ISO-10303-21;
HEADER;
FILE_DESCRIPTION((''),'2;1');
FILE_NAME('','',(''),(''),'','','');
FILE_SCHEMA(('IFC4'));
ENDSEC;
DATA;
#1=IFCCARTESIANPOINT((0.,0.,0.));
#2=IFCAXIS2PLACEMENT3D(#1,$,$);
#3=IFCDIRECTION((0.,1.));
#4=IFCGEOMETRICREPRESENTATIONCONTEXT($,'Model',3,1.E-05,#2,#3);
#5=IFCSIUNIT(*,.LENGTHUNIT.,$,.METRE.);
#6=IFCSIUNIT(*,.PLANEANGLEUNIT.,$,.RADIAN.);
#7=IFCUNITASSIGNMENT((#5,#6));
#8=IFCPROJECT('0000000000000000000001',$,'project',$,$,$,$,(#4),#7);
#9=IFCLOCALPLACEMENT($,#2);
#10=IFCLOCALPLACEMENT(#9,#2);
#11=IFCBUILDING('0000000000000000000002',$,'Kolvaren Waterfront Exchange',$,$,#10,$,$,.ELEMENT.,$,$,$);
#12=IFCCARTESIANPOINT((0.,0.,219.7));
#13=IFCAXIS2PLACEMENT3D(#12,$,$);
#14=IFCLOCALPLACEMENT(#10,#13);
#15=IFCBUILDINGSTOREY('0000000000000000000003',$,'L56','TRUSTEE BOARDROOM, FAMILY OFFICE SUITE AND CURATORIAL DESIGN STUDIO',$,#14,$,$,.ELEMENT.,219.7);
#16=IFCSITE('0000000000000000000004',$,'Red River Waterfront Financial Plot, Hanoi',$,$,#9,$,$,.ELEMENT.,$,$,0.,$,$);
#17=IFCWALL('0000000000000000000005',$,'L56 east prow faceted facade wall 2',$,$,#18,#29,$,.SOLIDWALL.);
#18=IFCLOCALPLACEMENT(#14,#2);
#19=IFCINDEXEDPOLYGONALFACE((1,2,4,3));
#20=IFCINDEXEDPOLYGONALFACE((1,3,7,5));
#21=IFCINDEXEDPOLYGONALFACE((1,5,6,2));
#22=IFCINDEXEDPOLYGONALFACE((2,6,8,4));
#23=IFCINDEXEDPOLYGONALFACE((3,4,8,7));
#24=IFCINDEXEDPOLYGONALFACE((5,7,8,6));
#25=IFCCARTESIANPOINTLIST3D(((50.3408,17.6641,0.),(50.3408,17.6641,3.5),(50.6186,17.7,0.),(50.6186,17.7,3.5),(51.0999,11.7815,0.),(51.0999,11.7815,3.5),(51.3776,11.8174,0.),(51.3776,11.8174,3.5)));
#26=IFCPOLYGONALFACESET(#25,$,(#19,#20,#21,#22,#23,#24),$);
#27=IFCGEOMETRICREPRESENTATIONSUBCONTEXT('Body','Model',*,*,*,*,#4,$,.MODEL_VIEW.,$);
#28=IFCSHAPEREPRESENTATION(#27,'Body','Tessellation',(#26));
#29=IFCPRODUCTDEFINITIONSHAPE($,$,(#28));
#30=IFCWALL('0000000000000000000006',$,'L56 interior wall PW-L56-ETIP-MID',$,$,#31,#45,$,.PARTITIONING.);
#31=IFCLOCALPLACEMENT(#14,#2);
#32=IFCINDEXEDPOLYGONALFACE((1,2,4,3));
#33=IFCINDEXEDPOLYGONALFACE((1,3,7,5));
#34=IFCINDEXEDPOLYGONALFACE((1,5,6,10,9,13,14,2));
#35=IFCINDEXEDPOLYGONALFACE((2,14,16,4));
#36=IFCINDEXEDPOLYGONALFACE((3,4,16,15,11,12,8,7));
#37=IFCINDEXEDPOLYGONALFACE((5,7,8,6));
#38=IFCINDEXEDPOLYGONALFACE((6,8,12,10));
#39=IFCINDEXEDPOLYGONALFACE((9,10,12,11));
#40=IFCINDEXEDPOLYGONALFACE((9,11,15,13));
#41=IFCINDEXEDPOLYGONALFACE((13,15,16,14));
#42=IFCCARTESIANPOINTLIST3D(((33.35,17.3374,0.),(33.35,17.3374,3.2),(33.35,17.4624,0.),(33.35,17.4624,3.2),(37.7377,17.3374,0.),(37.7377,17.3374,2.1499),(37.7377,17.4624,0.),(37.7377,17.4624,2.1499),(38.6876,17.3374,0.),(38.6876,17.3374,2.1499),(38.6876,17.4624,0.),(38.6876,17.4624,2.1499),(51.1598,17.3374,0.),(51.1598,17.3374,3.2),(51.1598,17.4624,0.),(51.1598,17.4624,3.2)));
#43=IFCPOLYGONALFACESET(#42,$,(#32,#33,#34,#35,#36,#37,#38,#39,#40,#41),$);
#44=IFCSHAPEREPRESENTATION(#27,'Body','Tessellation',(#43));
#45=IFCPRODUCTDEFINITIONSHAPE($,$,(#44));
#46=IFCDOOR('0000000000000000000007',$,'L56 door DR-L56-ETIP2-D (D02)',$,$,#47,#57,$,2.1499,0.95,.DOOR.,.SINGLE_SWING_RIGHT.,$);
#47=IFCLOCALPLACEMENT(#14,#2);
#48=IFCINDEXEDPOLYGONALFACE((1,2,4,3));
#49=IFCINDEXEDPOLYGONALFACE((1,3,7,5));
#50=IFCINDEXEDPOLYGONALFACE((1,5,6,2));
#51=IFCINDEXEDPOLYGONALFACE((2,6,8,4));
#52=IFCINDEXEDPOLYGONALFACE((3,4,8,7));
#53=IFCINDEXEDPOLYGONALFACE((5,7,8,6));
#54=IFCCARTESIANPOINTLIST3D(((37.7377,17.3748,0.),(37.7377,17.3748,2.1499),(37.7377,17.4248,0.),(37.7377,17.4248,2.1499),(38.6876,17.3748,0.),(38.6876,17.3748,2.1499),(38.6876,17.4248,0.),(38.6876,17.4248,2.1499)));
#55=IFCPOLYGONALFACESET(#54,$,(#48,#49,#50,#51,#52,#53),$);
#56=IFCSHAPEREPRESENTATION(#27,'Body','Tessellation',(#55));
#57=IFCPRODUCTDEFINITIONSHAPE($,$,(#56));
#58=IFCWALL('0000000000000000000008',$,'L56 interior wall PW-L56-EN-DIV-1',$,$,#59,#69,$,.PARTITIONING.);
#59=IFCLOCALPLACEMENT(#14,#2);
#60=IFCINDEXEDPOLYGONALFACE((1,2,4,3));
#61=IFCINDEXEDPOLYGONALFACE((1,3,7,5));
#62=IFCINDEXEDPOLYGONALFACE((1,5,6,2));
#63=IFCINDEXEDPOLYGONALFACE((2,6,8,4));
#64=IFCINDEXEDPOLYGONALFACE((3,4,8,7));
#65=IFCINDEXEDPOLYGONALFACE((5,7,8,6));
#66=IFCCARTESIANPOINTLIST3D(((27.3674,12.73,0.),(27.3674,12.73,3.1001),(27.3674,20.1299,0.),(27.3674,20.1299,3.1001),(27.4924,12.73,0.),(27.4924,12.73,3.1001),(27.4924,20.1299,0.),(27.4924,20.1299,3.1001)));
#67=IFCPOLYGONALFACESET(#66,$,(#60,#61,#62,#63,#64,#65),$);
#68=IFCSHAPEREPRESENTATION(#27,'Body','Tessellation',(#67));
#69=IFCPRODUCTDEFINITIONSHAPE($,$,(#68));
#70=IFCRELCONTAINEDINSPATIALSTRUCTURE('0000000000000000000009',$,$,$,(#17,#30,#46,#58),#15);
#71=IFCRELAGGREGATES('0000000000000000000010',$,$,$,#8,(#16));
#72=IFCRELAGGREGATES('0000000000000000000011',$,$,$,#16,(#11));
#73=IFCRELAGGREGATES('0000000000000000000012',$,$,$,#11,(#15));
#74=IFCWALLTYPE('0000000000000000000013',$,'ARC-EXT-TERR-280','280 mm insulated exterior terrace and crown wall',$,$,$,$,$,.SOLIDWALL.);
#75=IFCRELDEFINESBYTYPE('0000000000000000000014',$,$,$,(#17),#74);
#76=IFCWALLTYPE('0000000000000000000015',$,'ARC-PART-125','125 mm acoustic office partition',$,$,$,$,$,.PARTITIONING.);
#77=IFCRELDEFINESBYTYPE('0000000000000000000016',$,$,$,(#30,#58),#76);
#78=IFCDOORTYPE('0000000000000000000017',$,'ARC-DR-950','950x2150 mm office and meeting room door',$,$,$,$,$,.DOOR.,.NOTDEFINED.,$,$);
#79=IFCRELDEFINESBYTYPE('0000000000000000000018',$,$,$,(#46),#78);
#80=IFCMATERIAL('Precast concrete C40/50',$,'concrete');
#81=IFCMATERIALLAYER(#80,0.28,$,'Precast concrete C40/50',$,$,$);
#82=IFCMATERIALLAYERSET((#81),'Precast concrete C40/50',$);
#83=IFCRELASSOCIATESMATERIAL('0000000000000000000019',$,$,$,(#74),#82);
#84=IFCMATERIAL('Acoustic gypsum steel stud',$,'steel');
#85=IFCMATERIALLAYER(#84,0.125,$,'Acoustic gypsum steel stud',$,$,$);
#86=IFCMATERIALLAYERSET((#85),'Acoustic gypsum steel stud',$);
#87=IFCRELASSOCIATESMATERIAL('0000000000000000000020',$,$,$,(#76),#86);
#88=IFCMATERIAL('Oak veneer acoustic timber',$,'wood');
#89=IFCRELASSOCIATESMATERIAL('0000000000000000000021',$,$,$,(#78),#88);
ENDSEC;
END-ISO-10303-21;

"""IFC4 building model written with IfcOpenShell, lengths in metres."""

from ifc_helpers import new_model, si_unit, direction, frame, frame_2d, origin, place, context, subcontext, project, spatial, rectangle, extrude, material, layer, layer_set, type_object, element, fill, save


model = new_model("IFC4")

# Units and contexts
model_context = context("Model", 3, precision=1e-05, world=origin(), true_north=direction((0.0, 1.0)))
body_context = subcontext(model_context, "Body", "Model", "MODEL_VIEW")
ifc_project = project(units=[si_unit("LENGTHUNIT", "METRE"), si_unit("PLANEANGLEUNIT", "RADIAN")], contexts=[model_context])

# Site, building, storey
site_placement = place(None, origin())
site = spatial("IfcSite", under=ifc_project, at=site_placement, Name="Red River Waterfront Financial Plot, Hanoi", CompositionType="ELEMENT", RefElevation=0.0)
building_placement = place(site_placement, origin())
building = spatial("IfcBuilding", under=site, at=building_placement, Name="Kolvaren Waterfront Exchange", CompositionType="ELEMENT")
storey_placement = place(building_placement, frame((0.0, 0.0, 219.7)))
storey = spatial("IfcBuildingStorey", under=building, at=storey_placement, Name="L56", Description="TRUSTEE BOARDROOM, FAMILY OFFICE SUITE AND CURATORIAL DESIGN STUDIO", CompositionType="ELEMENT", Elevation=219.7)

# Wall
ifc_material_1 = material(Name="Precast concrete C40/50", Category="concrete")
ifc_layer_1 = layer(ifc_material_1, 0.28, Name="Precast concrete C40/50")
ifc_layer_set_1 = layer_set([ifc_layer_1], Name="Precast concrete C40/50")
wall_type_1 = type_object("IfcWallType", Name="ARC-EXT-TERR-280", Description="280 mm insulated exterior terrace and crown wall", PredefinedType="SOLIDWALL", material=ifc_layer_set_1)
wall_1_placement = place(storey_placement, frame((51.2388, 11.7993, 0.0), z_axis=(0.0, 0.0, 1.0), x_axis=(-0.12797, 0.991778, 0.0)))
element("IfcWall", 1, at=wall_1_placement, inside=storey, type_object=wall_type_1, Name="L56 east prow faceted facade wall 2", PredefinedType="SOLIDWALL", context=body_context, shape_type="SweptSolid", body=[
    extrude(rectangle(XDim=5.9314, YDim=0.28, at=frame_2d((2.9658, 0.0))), origin(), (0.0, 0.0, 1.0), 3.5),
])

# Wall, opening, door
ifc_material_2 = material(Name="Acoustic gypsum steel stud", Category="steel")
ifc_layer_2 = layer(ifc_material_2, 0.125, Name="Acoustic gypsum steel stud")
ifc_layer_set_2 = layer_set([ifc_layer_2], Name="Acoustic gypsum steel stud")
wall_type_2 = type_object("IfcWallType", Name="ARC-PART-125", Description="125 mm acoustic office partition", PredefinedType="PARTITIONING", material=ifc_layer_set_2)
wall_2_placement = place(storey_placement, frame((33.3501, 17.3999, 0.0), z_axis=(0.0, 0.0, 1.0), x_axis=(1.0, 0.0, 0.0)))
wall_2 = element("IfcWall", 2, at=wall_2_placement, inside=storey, type_object=wall_type_2, Name="L56 interior wall PW-L56-ETIP-MID", PredefinedType="PARTITIONING", context=body_context, shape_type="SweptSolid", body=[
    extrude(rectangle(XDim=17.8098, YDim=0.125, at=frame_2d((8.9048, 0.0))), origin(), (0.0, 0.0, 1.0), 3.2),
])
opening_placement = place(wall_2_placement, frame((4.3875, 0.0, 0.0)))
opening = element("IfcOpeningElement", 3, at=opening_placement, cuts=wall_2, PredefinedType="OPENING", context=body_context, shape_type="SweptSolid", body=[
    extrude(rectangle(XDim=0.95, YDim=2.1499, at=frame_2d((0.4751, 1.075))), frame((0.0, 0.0725, 0.0), z_axis=(0.0, -1.0, 0.0), x_axis=(1.0, 0.0, 0.0)), (0.0, 0.0, 1.0), 0.145),
])
ifc_material_3 = material(Name="Oak veneer acoustic timber", Category="wood")
door_type = type_object("IfcDoorType", Name="ARC-DR-950", Description="950x2150 mm office and meeting room door", OperationType="NOTDEFINED", PredefinedType="DOOR", material=ifc_material_3)
door_placement = place(opening_placement, origin())
door = element("IfcDoor", 4, at=door_placement, inside=storey, type_object=door_type, Name="L56 door DR-L56-ETIP2-D (D02)", OperationType="SINGLE_SWING_RIGHT", OverallHeight=2.1499, OverallWidth=0.95, PredefinedType="DOOR", context=body_context, shape_type="SweptSolid", body=[
    extrude(rectangle(XDim=0.95, YDim=2.1499, at=frame_2d((0.4751, 1.075))), frame((0.0, 0.0249, 0.0), z_axis=(0.0, -1.0, 0.0), x_axis=(1.0, 0.0, 0.0)), (0.0, 0.0, 1.0), 0.05),
])
fill(opening, door)

# Wall
wall_3_placement = place(storey_placement, frame((27.4299, 12.73, 0.0), z_axis=(0.0, 0.0, 1.0), x_axis=(0.0, 1.0, 0.0)))
element("IfcWall", 5, at=wall_3_placement, inside=storey, type_object=wall_type_2, Name="L56 interior wall PW-L56-EN-DIV-1", PredefinedType="PARTITIONING", context=body_context, shape_type="SweptSolid", body=[
    extrude(rectangle(XDim=7.3999, YDim=0.125, at=frame_2d((3.7, 0.0))), origin(), (0.0, 0.0, 1.0), 3.1001),
])

save(model, "model.ifc")
